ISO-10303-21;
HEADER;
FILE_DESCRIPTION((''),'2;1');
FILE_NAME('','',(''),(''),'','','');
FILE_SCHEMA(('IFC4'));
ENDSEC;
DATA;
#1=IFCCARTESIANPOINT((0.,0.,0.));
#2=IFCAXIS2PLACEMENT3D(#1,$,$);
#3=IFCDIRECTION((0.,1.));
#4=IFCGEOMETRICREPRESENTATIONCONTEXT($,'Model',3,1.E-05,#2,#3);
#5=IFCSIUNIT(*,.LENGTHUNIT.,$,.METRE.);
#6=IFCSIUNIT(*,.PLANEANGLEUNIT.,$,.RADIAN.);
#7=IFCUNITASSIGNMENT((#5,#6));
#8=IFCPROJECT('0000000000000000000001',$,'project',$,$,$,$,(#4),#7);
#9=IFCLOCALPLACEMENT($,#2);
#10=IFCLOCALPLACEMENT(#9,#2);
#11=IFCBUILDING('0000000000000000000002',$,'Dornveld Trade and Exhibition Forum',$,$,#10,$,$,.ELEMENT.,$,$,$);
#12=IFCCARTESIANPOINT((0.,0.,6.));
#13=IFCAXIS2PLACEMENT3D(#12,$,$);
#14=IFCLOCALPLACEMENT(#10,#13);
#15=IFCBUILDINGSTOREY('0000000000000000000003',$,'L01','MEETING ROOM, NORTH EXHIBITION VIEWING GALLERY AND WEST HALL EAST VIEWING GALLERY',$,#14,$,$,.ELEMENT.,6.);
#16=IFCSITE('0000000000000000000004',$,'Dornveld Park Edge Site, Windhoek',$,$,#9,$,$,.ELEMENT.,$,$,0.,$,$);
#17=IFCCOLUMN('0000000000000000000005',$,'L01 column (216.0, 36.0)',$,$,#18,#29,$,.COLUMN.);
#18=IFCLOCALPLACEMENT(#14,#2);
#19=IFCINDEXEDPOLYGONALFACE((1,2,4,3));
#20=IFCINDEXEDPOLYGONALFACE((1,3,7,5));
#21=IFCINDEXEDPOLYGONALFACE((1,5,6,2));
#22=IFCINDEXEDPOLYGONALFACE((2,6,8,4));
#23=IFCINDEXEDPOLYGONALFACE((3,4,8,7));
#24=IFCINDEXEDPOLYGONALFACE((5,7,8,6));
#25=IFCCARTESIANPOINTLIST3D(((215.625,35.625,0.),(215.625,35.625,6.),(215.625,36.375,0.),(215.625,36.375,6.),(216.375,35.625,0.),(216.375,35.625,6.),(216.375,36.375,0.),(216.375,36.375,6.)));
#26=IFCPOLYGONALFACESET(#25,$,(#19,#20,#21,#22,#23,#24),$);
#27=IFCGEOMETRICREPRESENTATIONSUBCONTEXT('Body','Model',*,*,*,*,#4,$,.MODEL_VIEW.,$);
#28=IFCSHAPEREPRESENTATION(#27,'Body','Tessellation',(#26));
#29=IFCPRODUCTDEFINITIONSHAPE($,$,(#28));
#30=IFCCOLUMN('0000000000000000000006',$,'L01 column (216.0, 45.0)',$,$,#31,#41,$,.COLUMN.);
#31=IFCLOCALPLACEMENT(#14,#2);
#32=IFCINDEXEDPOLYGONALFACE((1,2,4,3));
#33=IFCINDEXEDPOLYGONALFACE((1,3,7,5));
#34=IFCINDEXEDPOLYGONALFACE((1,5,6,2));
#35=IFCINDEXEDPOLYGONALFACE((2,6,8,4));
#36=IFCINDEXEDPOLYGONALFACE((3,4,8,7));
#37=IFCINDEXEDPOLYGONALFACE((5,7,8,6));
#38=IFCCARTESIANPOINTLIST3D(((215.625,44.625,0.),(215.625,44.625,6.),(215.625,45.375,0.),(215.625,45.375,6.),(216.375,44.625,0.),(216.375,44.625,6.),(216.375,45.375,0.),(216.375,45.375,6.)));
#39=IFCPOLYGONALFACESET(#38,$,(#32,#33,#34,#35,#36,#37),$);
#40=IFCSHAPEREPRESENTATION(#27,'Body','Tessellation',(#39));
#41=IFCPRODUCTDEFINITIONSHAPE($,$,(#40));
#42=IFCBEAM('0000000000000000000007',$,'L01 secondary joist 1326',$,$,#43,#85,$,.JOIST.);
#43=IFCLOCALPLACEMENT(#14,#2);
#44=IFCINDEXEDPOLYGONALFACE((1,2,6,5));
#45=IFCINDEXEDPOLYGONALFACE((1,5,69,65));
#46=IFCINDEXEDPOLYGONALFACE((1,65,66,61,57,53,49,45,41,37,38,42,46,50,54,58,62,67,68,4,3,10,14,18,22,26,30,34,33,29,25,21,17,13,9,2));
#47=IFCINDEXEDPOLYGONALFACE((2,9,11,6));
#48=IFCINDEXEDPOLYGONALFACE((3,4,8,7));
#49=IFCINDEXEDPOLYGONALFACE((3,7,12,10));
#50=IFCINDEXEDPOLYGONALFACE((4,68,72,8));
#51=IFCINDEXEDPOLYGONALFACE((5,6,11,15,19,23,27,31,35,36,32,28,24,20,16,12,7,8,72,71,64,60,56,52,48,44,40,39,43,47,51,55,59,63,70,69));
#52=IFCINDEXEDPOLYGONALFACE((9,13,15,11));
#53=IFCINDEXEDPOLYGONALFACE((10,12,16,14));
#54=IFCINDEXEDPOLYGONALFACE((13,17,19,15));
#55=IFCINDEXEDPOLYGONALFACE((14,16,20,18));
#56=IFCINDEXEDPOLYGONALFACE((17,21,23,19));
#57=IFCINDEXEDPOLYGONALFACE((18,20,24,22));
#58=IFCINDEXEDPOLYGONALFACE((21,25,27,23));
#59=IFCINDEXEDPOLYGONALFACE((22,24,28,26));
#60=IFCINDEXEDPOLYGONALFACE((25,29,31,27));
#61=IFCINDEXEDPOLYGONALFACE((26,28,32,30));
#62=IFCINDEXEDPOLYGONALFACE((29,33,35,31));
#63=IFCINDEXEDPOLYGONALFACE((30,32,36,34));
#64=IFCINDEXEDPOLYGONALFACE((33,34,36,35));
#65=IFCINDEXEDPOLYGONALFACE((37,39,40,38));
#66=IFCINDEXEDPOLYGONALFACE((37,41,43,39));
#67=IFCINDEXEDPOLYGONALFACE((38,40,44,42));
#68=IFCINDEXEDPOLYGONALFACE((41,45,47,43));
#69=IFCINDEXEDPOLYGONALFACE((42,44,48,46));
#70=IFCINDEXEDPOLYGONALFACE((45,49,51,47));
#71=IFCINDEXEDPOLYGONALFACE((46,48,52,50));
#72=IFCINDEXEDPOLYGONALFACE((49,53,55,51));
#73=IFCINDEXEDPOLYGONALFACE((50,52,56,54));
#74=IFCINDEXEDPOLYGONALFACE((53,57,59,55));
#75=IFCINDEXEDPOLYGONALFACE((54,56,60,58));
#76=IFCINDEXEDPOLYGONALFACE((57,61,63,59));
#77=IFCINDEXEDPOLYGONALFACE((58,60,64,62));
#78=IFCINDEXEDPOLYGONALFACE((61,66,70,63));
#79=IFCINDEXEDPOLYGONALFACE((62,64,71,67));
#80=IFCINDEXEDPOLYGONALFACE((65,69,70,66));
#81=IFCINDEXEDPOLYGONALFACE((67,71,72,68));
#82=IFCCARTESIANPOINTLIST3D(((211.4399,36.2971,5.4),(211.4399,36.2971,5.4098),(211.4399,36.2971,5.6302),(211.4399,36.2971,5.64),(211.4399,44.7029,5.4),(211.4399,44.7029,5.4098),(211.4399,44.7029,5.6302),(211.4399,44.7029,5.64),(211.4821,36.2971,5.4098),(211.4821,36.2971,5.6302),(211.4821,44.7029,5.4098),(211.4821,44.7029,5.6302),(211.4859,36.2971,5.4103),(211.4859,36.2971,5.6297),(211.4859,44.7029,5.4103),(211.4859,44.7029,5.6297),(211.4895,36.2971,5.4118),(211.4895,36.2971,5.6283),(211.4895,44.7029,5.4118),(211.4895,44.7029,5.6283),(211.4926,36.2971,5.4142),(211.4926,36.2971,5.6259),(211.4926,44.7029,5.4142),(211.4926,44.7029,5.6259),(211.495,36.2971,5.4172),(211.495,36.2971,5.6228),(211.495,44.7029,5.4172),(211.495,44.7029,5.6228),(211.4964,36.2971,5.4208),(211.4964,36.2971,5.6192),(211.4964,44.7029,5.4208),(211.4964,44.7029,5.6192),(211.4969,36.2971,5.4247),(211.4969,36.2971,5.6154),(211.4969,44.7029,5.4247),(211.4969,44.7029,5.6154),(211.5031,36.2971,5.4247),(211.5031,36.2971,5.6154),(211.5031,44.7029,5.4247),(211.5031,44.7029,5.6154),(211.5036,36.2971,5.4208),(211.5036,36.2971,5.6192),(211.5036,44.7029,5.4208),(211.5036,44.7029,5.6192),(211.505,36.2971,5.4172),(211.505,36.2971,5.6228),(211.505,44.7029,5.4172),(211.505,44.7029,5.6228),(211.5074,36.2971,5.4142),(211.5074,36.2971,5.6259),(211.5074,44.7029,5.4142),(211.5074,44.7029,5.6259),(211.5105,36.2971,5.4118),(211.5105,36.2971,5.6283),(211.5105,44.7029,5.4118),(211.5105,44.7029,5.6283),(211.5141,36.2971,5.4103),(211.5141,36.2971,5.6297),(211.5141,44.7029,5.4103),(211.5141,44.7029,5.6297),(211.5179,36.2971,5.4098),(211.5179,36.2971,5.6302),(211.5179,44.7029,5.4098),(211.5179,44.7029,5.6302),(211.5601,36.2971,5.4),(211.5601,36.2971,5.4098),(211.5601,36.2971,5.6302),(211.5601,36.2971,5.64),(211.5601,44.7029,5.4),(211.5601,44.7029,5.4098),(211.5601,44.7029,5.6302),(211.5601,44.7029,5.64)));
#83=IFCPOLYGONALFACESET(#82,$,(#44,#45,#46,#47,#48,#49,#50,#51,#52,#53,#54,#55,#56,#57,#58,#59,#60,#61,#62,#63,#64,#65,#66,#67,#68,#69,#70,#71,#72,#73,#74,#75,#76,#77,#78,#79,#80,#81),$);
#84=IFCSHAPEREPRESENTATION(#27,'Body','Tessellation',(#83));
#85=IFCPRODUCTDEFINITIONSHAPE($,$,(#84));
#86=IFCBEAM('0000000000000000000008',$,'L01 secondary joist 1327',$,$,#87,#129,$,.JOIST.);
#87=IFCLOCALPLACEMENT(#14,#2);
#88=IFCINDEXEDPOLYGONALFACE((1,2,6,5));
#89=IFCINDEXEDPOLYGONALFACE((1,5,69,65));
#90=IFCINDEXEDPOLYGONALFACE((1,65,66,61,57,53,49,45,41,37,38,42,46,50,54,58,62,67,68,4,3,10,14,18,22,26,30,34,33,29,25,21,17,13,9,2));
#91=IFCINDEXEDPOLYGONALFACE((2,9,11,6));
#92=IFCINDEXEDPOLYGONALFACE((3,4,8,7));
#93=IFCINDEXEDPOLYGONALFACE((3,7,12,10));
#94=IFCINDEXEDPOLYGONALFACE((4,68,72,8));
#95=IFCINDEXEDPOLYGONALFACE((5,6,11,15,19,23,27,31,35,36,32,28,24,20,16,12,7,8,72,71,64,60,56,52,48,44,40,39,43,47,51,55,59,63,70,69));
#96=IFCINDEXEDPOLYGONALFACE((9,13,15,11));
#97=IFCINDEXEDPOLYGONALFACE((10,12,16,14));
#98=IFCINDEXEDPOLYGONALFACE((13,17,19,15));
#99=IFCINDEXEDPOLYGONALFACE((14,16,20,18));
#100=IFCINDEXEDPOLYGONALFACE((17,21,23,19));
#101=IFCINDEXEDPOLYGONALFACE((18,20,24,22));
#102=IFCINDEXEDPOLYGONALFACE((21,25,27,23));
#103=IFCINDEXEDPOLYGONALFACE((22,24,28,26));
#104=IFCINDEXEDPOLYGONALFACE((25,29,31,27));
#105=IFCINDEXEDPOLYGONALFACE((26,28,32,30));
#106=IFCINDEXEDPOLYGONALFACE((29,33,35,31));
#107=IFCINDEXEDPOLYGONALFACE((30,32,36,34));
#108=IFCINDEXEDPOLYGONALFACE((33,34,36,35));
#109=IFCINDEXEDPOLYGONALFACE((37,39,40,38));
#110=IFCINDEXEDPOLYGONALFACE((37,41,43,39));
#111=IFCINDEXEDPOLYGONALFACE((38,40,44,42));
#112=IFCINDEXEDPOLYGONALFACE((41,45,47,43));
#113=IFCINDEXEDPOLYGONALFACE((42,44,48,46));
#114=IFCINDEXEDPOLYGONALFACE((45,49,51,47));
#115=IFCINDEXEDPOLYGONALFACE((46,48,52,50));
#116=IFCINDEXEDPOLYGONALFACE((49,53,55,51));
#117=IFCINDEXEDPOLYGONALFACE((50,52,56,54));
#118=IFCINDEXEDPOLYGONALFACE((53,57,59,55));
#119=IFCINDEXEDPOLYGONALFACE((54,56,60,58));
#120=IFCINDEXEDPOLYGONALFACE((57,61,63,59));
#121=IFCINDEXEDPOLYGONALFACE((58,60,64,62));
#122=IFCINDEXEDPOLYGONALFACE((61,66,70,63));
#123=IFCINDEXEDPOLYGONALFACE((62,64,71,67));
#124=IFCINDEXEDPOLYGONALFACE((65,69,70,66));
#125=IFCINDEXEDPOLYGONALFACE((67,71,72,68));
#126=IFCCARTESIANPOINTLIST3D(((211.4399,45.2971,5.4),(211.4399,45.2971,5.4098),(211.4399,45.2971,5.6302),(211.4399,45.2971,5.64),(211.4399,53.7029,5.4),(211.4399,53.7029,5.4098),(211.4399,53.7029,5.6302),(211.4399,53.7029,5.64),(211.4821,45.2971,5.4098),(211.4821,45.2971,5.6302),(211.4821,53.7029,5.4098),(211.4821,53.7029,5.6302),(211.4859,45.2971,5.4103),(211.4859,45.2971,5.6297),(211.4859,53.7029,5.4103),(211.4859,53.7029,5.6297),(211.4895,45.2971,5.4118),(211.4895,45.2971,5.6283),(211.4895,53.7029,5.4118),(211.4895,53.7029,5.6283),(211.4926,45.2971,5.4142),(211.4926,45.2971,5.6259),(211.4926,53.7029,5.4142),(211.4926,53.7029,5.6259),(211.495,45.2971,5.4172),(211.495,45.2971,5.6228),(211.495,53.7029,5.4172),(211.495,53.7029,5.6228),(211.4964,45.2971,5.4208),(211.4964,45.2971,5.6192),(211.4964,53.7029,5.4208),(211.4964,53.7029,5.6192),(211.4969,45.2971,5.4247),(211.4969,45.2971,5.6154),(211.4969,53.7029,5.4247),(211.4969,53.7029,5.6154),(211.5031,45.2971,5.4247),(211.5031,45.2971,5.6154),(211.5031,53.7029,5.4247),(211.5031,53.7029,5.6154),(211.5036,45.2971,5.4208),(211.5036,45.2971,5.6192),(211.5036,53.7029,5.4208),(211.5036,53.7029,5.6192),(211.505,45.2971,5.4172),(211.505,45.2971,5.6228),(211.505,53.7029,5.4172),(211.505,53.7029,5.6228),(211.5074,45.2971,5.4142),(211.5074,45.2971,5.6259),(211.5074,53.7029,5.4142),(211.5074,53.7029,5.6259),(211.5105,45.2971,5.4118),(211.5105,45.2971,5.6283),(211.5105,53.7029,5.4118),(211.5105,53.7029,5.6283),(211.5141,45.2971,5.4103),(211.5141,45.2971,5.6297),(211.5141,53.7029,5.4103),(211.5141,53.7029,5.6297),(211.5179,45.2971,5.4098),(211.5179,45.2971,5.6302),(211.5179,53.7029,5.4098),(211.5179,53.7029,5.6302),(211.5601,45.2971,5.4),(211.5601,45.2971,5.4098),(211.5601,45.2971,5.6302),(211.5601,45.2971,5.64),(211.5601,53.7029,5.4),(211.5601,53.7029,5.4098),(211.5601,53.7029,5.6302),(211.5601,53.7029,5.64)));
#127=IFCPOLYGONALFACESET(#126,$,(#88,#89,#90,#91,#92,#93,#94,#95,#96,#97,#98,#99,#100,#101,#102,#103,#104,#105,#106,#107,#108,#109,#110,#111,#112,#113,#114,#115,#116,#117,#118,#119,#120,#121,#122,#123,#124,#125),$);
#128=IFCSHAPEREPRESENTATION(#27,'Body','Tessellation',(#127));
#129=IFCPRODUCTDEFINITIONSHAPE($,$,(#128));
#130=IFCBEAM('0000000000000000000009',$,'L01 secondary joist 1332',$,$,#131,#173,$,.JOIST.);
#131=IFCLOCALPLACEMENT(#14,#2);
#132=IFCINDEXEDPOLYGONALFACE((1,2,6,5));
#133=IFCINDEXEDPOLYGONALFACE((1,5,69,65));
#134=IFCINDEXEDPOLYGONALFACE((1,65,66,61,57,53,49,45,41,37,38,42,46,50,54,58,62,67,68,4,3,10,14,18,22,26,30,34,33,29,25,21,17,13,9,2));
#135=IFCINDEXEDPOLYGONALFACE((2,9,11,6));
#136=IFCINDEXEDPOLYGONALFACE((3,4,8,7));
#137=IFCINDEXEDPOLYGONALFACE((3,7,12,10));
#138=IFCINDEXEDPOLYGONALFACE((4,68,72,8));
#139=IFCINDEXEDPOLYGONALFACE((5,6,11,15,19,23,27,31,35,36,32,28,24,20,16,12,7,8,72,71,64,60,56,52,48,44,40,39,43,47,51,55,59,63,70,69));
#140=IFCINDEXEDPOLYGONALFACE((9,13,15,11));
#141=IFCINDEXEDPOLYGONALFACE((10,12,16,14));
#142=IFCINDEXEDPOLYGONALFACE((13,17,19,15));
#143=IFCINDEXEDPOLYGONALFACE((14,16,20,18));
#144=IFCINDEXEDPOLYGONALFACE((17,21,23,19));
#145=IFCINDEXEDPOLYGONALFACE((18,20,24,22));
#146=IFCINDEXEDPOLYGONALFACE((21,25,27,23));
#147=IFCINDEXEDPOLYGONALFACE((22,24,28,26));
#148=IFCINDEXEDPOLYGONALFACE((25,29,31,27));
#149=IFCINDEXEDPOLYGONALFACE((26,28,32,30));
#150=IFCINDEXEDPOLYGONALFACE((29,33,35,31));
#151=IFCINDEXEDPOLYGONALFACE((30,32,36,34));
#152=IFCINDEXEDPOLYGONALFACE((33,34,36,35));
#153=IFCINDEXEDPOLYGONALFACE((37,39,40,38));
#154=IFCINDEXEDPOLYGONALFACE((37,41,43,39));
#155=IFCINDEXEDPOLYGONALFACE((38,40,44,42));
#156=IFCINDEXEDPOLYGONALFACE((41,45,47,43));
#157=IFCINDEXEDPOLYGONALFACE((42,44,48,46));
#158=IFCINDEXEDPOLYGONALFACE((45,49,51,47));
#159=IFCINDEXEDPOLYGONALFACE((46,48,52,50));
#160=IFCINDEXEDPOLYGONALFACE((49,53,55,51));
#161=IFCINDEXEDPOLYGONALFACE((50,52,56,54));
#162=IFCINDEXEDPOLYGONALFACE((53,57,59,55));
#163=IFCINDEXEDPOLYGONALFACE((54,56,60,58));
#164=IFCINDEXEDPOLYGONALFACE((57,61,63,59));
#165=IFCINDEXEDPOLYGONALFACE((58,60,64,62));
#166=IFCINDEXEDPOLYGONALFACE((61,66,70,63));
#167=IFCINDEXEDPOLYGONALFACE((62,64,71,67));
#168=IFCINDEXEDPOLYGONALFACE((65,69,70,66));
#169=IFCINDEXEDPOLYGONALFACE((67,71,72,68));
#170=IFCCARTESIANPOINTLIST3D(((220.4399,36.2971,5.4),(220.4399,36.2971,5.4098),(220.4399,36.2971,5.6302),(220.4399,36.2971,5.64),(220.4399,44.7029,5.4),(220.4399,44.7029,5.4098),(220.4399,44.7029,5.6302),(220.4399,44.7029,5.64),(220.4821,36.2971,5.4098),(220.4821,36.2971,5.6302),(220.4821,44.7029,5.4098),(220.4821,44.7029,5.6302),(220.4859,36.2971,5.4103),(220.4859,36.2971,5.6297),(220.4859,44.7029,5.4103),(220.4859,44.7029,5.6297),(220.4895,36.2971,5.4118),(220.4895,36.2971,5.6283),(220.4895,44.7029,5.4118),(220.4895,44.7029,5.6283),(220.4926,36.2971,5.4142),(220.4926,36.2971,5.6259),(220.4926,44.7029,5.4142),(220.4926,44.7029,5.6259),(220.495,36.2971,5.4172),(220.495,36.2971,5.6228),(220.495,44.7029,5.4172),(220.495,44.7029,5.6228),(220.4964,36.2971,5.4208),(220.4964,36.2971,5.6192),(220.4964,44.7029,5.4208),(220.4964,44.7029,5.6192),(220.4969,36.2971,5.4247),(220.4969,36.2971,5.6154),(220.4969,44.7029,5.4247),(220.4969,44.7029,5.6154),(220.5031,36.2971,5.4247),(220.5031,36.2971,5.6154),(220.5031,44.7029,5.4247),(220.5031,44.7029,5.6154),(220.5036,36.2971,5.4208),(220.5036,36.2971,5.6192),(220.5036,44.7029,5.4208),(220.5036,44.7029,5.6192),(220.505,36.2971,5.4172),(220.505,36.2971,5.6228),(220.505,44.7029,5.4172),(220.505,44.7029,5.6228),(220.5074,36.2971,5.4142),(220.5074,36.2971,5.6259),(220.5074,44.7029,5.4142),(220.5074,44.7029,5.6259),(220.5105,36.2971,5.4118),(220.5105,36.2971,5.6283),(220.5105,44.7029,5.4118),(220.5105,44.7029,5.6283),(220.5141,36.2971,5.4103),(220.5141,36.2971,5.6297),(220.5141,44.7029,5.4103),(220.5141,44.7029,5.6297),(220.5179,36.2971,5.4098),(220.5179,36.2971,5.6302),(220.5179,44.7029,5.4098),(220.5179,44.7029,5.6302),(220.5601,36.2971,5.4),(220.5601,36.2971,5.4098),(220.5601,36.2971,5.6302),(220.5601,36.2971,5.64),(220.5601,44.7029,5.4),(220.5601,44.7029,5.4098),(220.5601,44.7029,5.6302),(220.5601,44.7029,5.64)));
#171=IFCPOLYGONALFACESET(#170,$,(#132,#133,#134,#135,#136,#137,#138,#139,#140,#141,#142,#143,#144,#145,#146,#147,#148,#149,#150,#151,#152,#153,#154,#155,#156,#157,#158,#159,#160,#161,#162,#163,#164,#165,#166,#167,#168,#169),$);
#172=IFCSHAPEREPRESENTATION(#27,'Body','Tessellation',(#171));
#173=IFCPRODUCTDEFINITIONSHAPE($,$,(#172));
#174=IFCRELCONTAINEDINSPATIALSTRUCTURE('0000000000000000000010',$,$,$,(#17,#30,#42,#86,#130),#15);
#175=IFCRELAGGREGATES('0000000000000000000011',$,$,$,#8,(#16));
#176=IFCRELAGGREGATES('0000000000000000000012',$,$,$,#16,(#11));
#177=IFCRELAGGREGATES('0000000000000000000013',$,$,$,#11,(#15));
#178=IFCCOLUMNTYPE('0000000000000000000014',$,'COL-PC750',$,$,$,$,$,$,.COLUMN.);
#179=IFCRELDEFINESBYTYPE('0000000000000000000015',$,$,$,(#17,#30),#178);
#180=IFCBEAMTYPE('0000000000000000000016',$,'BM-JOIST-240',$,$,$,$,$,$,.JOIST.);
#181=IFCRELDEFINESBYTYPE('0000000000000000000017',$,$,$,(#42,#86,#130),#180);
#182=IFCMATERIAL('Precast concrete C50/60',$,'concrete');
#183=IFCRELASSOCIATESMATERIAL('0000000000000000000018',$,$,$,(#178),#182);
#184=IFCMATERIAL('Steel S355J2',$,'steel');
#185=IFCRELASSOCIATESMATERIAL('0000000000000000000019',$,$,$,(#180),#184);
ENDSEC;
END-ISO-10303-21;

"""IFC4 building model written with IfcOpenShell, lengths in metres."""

from ifc_helpers import new_model, si_unit, direction, frame, origin, origin_2d, place, context, subcontext, project, spatial, rectangle, i_section, extrude, material, material_profile, profile_set, type_object, element, save


model = new_model("IFC4")

# Units and contexts
model_context = context("Model", 3, precision=1e-05, world=origin(), true_north=direction((0.0, 1.0)))
body_context = subcontext(model_context, "Body", "Model", "MODEL_VIEW")
ifc_project = project(units=[si_unit("LENGTHUNIT", "METRE"), si_unit("PLANEANGLEUNIT", "RADIAN")], contexts=[model_context])

# Site, building, storey
site_placement = place(None, origin())
site = spatial("IfcSite", under=ifc_project, at=site_placement, Name="Dornveld Park Edge Site, Windhoek", CompositionType="ELEMENT", RefElevation=0.0)
building_placement = place(site_placement, origin())
building = spatial("IfcBuilding", under=site, at=building_placement, Name="Dornveld Trade and Exhibition Forum", CompositionType="ELEMENT")
storey_placement = place(building_placement, frame((0.0, 0.0, 6.0)))
storey = spatial("IfcBuildingStorey", under=building, at=storey_placement, Name="L01", Description="MEETING ROOM, NORTH EXHIBITION VIEWING GALLERY AND WEST HALL EAST VIEWING GALLERY", CompositionType="ELEMENT", Elevation=6.0)

# Columns
ifc_material_1 = material(Name="Precast concrete C50/60", Category="concrete")
ifc_material_profile_1 = material_profile(ifc_material_1, rectangle(XDim=0.75, YDim=0.75, at=origin_2d()), Name="PC-COL 750x750")
ifc_profile_set_1 = profile_set([ifc_material_profile_1], Name="Precast concrete C50/60")
column_type = type_object("IfcColumnType", Name="COL-PC750", PredefinedType="COLUMN", material=ifc_profile_set_1)
for number, where, z_axis, x_axis, name in (
    (1, (216.0, 36.0, 0.0), (0.0, 0.0, 1.0), (1.0, 0.0, 0.0), "L01 column (216.0, 36.0)"),
    (2, (216.0, 45.0, 0.0), (0.0, 0.0, 1.0), (1.0, 0.0, 0.0), "L01 column (216.0, 45.0)"),
):
    element("IfcColumn", number, at=place(storey_placement, frame(where, z_axis=z_axis, x_axis=x_axis)), inside=storey, type_object=column_type, Name=name, PredefinedType="COLUMN", context=body_context, shape_type="SweptSolid", body=[
        extrude(rectangle(XDim=0.75, YDim=0.75, at=origin_2d()), origin(), (0.0, 0.0, 1.0), 6.0),
    ])

# Beams
ifc_material_2 = material(Name="Steel S355J2", Category="steel")
ifc_material_profile_2 = material_profile(ifc_material_2, i_section(OverallWidth=0.1201, OverallDepth=0.24, WebThickness=0.0061, FlangeThickness=0.0098, FilletRadius=0.0149, at=origin_2d()), Name="IPE 240")
ifc_profile_set_2 = profile_set([ifc_material_profile_2], Name="Steel S355J2")
beam_type_1 = type_object("IfcBeamType", Name="BM-JOIST-240", PredefinedType="JOIST", material=ifc_profile_set_2)
for number, where, z_axis, x_axis, name in (
    (3, (211.5, 36.2971, 5.52), (0.0, 1.0, 0.0), (-1.0, 0.0, 0.0), "L01 secondary joist 1326"),
    (4, (211.5, 45.2971, 5.52), (0.0, 1.0, 0.0), (-1.0, 0.0, 0.0), "L01 secondary joist 1327"),
    (5, (220.5, 36.2971, 5.52), (0.0, 1.0, 0.0), (-1.0, 0.0, 0.0), "L01 secondary joist 1332"),
):
    element("IfcBeam", number, at=place(storey_placement, frame(where, z_axis=z_axis, x_axis=x_axis)), inside=storey, type_object=beam_type_1, Name=name, PredefinedType="JOIST", context=body_context, shape_type="SweptSolid", body=[
        extrude(i_section(OverallWidth=0.1201, OverallDepth=0.24, WebThickness=0.0061, FlangeThickness=0.0098, FilletRadius=0.0149, at=origin_2d()), origin(), (0.0, 0.0, 1.0), 8.4058),
    ])

save(model, "model.ifc")
